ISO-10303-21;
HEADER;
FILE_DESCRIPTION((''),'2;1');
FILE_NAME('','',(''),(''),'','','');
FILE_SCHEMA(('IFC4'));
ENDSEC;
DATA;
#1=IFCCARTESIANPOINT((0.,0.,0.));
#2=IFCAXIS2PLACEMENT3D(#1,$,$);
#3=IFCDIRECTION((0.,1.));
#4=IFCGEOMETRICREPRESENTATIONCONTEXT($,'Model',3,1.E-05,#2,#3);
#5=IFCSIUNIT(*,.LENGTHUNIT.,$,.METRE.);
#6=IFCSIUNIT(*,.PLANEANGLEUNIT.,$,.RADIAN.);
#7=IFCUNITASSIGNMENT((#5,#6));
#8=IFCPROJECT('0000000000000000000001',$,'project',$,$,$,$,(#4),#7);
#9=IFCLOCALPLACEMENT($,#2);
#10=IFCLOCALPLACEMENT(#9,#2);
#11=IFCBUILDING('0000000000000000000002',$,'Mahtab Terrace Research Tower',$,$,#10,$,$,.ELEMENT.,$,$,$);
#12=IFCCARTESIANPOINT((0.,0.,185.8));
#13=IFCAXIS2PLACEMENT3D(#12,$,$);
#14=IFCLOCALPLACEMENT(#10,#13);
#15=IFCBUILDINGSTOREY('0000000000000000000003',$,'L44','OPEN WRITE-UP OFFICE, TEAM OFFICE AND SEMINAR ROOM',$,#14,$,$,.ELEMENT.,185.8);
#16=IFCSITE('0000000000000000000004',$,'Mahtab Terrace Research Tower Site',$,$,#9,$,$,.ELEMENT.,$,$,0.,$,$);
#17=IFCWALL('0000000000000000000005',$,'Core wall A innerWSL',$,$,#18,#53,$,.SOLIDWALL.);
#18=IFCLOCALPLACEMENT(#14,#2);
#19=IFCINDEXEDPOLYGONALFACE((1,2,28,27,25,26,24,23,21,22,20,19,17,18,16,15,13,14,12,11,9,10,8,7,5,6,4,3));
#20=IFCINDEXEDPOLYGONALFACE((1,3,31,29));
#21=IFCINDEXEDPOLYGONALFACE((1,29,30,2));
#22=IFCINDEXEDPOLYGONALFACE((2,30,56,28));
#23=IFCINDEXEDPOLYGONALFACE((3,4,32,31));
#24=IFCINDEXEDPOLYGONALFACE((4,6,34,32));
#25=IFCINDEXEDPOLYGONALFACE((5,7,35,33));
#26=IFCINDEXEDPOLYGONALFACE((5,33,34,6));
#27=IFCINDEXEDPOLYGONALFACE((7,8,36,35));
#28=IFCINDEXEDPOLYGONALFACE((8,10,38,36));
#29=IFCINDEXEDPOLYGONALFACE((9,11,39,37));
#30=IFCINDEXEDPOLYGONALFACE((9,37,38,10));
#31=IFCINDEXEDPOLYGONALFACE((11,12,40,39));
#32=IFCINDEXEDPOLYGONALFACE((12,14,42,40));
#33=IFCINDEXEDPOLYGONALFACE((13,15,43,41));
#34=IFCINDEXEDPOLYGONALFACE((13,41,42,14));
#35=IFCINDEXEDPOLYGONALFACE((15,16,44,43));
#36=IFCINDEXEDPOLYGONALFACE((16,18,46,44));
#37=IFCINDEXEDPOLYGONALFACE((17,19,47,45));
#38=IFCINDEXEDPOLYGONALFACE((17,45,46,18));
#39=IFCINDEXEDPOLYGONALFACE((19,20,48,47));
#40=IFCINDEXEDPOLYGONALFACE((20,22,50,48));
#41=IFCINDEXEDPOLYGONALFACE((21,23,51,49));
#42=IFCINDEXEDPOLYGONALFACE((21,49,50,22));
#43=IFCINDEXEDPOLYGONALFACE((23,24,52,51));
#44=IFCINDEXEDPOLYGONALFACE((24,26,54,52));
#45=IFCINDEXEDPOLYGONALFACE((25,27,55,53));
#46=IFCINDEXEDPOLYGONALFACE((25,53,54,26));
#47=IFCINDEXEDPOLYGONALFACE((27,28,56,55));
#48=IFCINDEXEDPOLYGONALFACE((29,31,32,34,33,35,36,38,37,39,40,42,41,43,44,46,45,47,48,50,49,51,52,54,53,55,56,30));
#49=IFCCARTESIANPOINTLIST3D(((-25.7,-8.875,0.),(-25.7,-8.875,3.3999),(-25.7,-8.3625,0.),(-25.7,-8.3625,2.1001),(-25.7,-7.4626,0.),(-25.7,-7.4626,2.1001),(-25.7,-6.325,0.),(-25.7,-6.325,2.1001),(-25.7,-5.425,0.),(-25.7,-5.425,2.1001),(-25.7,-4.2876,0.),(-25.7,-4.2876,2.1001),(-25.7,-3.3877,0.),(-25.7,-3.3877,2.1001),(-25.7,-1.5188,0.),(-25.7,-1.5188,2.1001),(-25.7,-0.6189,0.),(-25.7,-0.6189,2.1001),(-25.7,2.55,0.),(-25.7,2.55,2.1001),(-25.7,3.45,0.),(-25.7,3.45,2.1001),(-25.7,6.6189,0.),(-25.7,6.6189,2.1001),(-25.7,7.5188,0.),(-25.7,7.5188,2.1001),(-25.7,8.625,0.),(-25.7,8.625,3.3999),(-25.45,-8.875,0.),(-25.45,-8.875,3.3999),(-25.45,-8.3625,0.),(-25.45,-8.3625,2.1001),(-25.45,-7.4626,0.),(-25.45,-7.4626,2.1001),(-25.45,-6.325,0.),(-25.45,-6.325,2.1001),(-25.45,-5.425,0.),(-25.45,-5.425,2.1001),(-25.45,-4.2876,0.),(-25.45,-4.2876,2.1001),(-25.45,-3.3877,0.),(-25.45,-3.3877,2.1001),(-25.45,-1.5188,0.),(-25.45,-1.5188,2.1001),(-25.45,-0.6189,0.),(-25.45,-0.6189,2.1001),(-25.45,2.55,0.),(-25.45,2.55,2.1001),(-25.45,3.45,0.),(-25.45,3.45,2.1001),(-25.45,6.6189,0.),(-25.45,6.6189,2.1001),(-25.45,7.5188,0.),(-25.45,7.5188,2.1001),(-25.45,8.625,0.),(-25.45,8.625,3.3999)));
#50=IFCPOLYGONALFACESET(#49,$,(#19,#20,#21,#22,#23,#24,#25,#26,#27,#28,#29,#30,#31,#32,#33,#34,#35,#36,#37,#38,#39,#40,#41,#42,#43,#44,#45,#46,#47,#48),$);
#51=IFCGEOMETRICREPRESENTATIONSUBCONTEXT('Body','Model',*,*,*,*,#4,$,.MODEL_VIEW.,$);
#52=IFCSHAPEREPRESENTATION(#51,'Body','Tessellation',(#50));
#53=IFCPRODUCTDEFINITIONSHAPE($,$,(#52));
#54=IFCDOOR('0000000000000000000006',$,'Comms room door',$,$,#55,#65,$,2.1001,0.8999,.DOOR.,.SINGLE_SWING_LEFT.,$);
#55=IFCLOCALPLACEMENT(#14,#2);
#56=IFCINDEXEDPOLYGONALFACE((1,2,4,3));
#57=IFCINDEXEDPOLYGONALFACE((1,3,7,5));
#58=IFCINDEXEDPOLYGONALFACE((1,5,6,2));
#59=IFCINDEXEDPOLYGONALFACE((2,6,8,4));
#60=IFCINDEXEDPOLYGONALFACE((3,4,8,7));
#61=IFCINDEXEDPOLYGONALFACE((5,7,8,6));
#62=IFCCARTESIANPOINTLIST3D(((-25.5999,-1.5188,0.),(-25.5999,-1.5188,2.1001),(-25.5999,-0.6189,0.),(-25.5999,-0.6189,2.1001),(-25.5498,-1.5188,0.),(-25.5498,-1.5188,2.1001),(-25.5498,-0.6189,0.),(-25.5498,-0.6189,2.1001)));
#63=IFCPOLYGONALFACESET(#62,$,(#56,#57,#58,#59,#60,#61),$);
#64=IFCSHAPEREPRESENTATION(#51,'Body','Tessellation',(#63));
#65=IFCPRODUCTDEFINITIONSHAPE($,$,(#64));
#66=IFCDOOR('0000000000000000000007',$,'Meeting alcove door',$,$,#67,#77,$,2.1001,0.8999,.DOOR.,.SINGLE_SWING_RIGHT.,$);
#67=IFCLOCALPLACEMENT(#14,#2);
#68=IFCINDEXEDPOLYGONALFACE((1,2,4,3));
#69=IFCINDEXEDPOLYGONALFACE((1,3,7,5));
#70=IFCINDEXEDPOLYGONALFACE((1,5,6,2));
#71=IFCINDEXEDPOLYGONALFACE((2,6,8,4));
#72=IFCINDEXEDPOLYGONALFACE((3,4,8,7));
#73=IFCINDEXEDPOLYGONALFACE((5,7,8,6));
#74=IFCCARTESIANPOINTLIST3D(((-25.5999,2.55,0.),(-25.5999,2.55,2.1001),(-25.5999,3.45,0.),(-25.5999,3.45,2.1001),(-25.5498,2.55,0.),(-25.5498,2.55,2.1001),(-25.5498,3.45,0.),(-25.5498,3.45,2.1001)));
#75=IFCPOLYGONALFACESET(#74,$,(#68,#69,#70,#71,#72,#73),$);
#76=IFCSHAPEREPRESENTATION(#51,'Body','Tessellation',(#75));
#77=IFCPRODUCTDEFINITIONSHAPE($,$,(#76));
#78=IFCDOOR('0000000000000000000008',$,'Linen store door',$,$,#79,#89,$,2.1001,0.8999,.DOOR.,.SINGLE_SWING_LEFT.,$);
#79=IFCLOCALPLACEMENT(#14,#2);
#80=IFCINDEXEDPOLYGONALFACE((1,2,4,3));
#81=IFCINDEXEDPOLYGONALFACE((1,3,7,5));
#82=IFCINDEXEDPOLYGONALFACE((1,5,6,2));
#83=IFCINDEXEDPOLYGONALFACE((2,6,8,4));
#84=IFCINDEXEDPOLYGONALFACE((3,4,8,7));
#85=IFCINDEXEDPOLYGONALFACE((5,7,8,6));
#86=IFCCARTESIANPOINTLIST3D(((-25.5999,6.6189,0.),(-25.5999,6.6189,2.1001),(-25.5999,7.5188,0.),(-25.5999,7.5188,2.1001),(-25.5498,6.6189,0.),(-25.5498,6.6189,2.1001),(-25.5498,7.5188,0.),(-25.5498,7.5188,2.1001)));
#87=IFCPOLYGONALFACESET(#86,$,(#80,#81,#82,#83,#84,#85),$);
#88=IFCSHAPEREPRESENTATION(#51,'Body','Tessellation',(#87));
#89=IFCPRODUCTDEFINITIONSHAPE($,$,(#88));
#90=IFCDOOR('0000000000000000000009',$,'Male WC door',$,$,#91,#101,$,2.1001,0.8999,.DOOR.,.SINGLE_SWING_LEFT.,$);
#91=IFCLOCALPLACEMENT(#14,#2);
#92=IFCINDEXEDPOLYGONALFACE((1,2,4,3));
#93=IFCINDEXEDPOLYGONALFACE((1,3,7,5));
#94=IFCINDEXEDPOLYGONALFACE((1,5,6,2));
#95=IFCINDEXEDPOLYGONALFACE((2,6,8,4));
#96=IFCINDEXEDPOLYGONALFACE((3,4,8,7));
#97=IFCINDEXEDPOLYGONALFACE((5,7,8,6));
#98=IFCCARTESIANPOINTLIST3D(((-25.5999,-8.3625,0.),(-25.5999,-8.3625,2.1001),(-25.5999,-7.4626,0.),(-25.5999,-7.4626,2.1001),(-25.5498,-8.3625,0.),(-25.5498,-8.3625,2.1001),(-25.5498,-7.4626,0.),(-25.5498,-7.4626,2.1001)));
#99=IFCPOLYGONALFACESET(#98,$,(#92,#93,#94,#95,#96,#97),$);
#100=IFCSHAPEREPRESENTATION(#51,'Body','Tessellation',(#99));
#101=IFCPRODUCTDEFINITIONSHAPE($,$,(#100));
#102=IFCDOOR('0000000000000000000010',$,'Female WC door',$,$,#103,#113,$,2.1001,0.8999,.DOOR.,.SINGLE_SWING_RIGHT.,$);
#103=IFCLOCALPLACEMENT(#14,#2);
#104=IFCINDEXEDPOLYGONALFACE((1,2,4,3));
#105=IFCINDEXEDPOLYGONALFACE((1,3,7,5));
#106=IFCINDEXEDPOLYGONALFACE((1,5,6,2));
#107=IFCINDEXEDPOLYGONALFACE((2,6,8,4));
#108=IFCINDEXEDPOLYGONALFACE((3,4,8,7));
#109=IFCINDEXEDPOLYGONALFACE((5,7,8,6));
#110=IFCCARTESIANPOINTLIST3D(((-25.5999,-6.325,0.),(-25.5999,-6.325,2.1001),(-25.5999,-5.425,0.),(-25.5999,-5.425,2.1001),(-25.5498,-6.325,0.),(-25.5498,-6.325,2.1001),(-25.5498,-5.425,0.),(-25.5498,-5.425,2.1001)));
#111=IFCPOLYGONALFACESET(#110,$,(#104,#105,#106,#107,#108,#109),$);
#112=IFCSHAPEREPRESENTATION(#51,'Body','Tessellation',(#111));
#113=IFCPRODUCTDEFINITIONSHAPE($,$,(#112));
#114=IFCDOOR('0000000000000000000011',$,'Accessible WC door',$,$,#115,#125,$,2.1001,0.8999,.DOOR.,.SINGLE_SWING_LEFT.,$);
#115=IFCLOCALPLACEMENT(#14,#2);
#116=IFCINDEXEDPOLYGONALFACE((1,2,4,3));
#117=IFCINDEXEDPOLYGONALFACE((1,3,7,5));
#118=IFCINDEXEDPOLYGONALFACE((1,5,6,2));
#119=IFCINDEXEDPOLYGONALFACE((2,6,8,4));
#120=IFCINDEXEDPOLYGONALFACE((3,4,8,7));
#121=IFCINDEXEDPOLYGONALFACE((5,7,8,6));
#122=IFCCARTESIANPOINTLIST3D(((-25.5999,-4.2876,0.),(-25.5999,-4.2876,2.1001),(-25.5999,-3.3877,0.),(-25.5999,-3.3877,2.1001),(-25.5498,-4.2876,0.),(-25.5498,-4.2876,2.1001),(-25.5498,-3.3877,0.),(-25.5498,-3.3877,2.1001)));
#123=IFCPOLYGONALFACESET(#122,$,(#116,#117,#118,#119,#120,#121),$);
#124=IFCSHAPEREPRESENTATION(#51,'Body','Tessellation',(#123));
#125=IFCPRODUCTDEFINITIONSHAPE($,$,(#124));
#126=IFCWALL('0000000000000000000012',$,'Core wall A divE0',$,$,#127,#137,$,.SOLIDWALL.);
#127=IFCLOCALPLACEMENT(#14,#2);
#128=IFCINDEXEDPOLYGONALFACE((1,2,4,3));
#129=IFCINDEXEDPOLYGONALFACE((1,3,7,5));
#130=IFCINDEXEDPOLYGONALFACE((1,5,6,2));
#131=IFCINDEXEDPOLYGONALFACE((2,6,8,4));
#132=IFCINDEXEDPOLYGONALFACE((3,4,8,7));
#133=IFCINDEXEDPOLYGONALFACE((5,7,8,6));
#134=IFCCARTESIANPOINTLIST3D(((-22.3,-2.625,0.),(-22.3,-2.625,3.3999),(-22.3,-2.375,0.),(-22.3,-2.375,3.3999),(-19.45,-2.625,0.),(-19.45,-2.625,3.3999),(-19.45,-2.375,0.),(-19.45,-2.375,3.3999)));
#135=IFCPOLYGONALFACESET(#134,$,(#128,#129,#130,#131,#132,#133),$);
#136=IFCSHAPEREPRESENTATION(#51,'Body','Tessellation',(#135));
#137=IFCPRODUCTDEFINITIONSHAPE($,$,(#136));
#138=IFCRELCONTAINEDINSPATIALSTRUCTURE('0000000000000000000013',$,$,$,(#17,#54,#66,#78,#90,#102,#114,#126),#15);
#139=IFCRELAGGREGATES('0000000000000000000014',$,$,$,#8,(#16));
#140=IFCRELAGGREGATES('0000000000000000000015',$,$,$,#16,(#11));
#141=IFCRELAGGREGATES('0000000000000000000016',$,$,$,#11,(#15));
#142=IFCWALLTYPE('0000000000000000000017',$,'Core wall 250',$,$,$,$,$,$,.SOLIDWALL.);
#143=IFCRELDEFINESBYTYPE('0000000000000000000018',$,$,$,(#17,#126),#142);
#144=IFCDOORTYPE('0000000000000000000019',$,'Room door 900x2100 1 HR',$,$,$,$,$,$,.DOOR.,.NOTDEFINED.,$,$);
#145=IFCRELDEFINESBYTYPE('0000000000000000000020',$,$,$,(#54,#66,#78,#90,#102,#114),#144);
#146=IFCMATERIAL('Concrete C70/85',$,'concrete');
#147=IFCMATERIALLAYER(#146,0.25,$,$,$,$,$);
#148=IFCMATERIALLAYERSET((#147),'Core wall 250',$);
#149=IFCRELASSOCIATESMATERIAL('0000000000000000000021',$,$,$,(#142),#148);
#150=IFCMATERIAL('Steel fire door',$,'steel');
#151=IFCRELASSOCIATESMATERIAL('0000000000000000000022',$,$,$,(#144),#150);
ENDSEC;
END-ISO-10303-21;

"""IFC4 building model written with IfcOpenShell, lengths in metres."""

from ifc_helpers import new_model, si_unit, direction, frame, frame_2d, origin, place, context, subcontext, project, spatial, rectangle, extrude, material, layer, layer_set, type_object, element, fill, save


model = new_model("IFC4")

# Units and contexts
model_context = context("Model", 3, precision=1e-05, world=origin(), true_north=direction((0.0, 1.0)))
body_context = subcontext(model_context, "Body", "Model", "MODEL_VIEW")
ifc_project = project(units=[si_unit("LENGTHUNIT", "METRE"), si_unit("PLANEANGLEUNIT", "RADIAN")], contexts=[model_context])

# Site, building, storey
site_placement = place(None, origin())
site = spatial("IfcSite", under=ifc_project, at=site_placement, Name="Mahtab Terrace Research Tower Site", CompositionType="ELEMENT", RefElevation=0.0)
building_placement = place(site_placement, origin())
building = spatial("IfcBuilding", under=site, at=building_placement, Name="Mahtab Terrace Research Tower", CompositionType="ELEMENT")
storey_placement = place(building_placement, frame((0.0, 0.0, 185.8)))
storey = spatial("IfcBuildingStorey", under=building, at=storey_placement, Name="L44", Description="OPEN WRITE-UP OFFICE, TEAM OFFICE AND SEMINAR ROOM", CompositionType="ELEMENT", Elevation=185.8)

# Shared definitions
ifc_material_1 = material(Name="Concrete C70/85", Category="concrete")

# Shared definitions
ifc_layer_1 = layer(ifc_material_1, 0.25)
ifc_layer_set_1 = layer_set([ifc_layer_1], Name="Core wall 250")
wall_type_1 = type_object("IfcWallType", Name="Core wall 250", PredefinedType="SOLIDWALL", material=ifc_layer_set_1)

# Shared definitions
ifc_material_2 = material(Name="Steel fire door", Category="steel")

# Wall, openings, doors
wall_1_placement = place(storey_placement, frame((-25.575, -8.875, 0.0), z_axis=(0.0, 0.0, 1.0), x_axis=(0.0, 1.0, 0.0)))
wall_1 = element("IfcWall", 1, at=wall_1_placement, inside=storey, type_object=wall_type_1, Name="Core wall A innerWSL", PredefinedType="SOLIDWALL", context=body_context, shape_type="SweptSolid", body=[
    extrude(rectangle(XDim=17.5, YDim=0.25, at=frame_2d((8.75, 0.0))), origin(), (0.0, 0.0, 1.0), 3.3999),
])
opening_1_placement = place(wall_1_placement, frame((7.3562, 0.0, 0.0)))
opening_1 = element("IfcOpeningElement", 2, at=opening_1_placement, cuts=wall_1, PredefinedType="OPENING", context=body_context, shape_type="SweptSolid", body=[
    extrude(rectangle(XDim=0.8999, YDim=2.1001, at=frame_2d((0.45, 1.05))), frame((0.0, 0.135, 0.0), z_axis=(0.0, -1.0, 0.0), x_axis=(1.0, 0.0, 0.0)), (0.0, 0.0, 1.0), 0.27),
])
opening_2_placement = place(wall_1_placement, frame((11.425, 0.0, 0.0)))
opening_2 = element("IfcOpeningElement", 3, at=opening_2_placement, cuts=wall_1, PredefinedType="OPENING", context=body_context, shape_type="SweptSolid", body=[
    extrude(rectangle(XDim=0.8999, YDim=2.1001, at=frame_2d((0.45, 1.05))), frame((0.0, 0.135, 0.0), z_axis=(0.0, -1.0, 0.0), x_axis=(1.0, 0.0, 0.0)), (0.0, 0.0, 1.0), 0.27),
])
opening_3_placement = place(wall_1_placement, frame((15.4939, 0.0, 0.0)))
opening_3 = element("IfcOpeningElement", 4, at=opening_3_placement, cuts=wall_1, PredefinedType="OPENING", context=body_context, shape_type="SweptSolid", body=[
    extrude(rectangle(XDim=0.8999, YDim=2.1001, at=frame_2d((0.45, 1.05))), frame((0.0, 0.135, 0.0), z_axis=(0.0, -1.0, 0.0), x_axis=(1.0, 0.0, 0.0)), (0.0, 0.0, 1.0), 0.27),
])
opening_4_placement = place(wall_1_placement, frame((0.5125, 0.0, 0.0)))
opening_4 = element("IfcOpeningElement", 5, at=opening_4_placement, cuts=wall_1, PredefinedType="OPENING", context=body_context, shape_type="SweptSolid", body=[
    extrude(rectangle(XDim=0.8999, YDim=2.1001, at=frame_2d((0.45, 1.05))), frame((0.0, 0.135, 0.0), z_axis=(0.0, -1.0, 0.0), x_axis=(1.0, 0.0, 0.0)), (0.0, 0.0, 1.0), 0.27),
])
opening_5_placement = place(wall_1_placement, frame((2.55, 0.0, 0.0)))
opening_5 = element("IfcOpeningElement", 6, at=opening_5_placement, cuts=wall_1, PredefinedType="OPENING", context=body_context, shape_type="SweptSolid", body=[
    extrude(rectangle(XDim=0.8999, YDim=2.1001, at=frame_2d((0.45, 1.05))), frame((0.0, 0.135, 0.0), z_axis=(0.0, -1.0, 0.0), x_axis=(1.0, 0.0, 0.0)), (0.0, 0.0, 1.0), 0.27),
])
opening_6_placement = place(wall_1_placement, frame((4.5874, 0.0, 0.0)))
opening_6 = element("IfcOpeningElement", 7, at=opening_6_placement, cuts=wall_1, PredefinedType="OPENING", context=body_context, shape_type="SweptSolid", body=[
    extrude(rectangle(XDim=0.8999, YDim=2.1001, at=frame_2d((0.45, 1.05))), frame((0.0, 0.135, 0.0), z_axis=(0.0, -1.0, 0.0), x_axis=(1.0, 0.0, 0.0)), (0.0, 0.0, 1.0), 0.27),
])
door_type_1 = type_object("IfcDoorType", Name="Room door 900x2100 1 HR", OperationType="NOTDEFINED", PredefinedType="DOOR", material=ifc_material_2)
door_1_placement = place(opening_1_placement, origin())
door_1 = element("IfcDoor", 8, at=door_1_placement, inside=storey, type_object=door_type_1, Name="Comms room door", OperationType="SINGLE_SWING_LEFT", OverallHeight=2.1001, OverallWidth=0.8999, PredefinedType="DOOR", context=body_context, shape_type="SweptSolid", body=[
    extrude(rectangle(XDim=0.8999, YDim=2.1001, at=frame_2d((0.45, 1.05))), frame((0.0, 0.0249, 0.0), z_axis=(0.0, -1.0, 0.0), x_axis=(1.0, 0.0, 0.0)), (0.0, 0.0, 1.0), 0.05),
])
fill(opening_1, door_1)
door_2_placement = place(opening_2_placement, origin())
door_2 = element("IfcDoor", 9, at=door_2_placement, inside=storey, type_object=door_type_1, Name="Meeting alcove door", OperationType="SINGLE_SWING_RIGHT", OverallHeight=2.1001, OverallWidth=0.8999, PredefinedType="DOOR", context=body_context, shape_type="SweptSolid", body=[
    extrude(rectangle(XDim=0.8999, YDim=2.1001, at=frame_2d((0.45, 1.05))), frame((0.0, 0.0249, 0.0), z_axis=(0.0, -1.0, 0.0), x_axis=(1.0, 0.0, 0.0)), (0.0, 0.0, 1.0), 0.05),
])
fill(opening_2, door_2)
door_3_placement = place(opening_3_placement, origin())
door_3 = element("IfcDoor", 10, at=door_3_placement, inside=storey, type_object=door_type_1, Name="Linen store door", OperationType="SINGLE_SWING_LEFT", OverallHeight=2.1001, OverallWidth=0.8999, PredefinedType="DOOR", context=body_context, shape_type="SweptSolid", body=[
    extrude(rectangle(XDim=0.8999, YDim=2.1001, at=frame_2d((0.45, 1.05))), frame((0.0, 0.0249, 0.0), z_axis=(0.0, -1.0, 0.0), x_axis=(1.0, 0.0, 0.0)), (0.0, 0.0, 1.0), 0.05),
])
fill(opening_3, door_3)
door_4_placement = place(opening_4_placement, origin())
door_4 = element("IfcDoor", 11, at=door_4_placement, inside=storey, type_object=door_type_1, Name="Male WC door", OperationType="SINGLE_SWING_LEFT", OverallHeight=2.1001, OverallWidth=0.8999, PredefinedType="DOOR", context=body_context, shape_type="SweptSolid", body=[
    extrude(rectangle(XDim=0.8999, YDim=2.1001, at=frame_2d((0.45, 1.05))), frame((0.0, 0.0249, 0.0), z_axis=(0.0, -1.0, 0.0), x_axis=(1.0, 0.0, 0.0)), (0.0, 0.0, 1.0), 0.05),
])
fill(opening_4, door_4)
door_5_placement = place(opening_5_placement, origin())
door_5 = element("IfcDoor", 12, at=door_5_placement, inside=storey, type_object=door_type_1, Name="Female WC door", OperationType="SINGLE_SWING_RIGHT", OverallHeight=2.1001, OverallWidth=0.8999, PredefinedType="DOOR", context=body_context, shape_type="SweptSolid", body=[
    extrude(rectangle(XDim=0.8999, YDim=2.1001, at=frame_2d((0.45, 1.05))), frame((0.0, 0.0249, 0.0), z_axis=(0.0, -1.0, 0.0), x_axis=(1.0, 0.0, 0.0)), (0.0, 0.0, 1.0), 0.05),
])
fill(opening_5, door_5)
door_6_placement = place(opening_6_placement, origin())
door_6 = element("IfcDoor", 13, at=door_6_placement, inside=storey, type_object=door_type_1, Name="Accessible WC door", OperationType="SINGLE_SWING_LEFT", OverallHeight=2.1001, OverallWidth=0.8999, PredefinedType="DOOR", context=body_context, shape_type="SweptSolid", body=[
    extrude(rectangle(XDim=0.8999, YDim=2.1001, at=frame_2d((0.45, 1.05))), frame((0.0, 0.0249, 0.0), z_axis=(0.0, -1.0, 0.0), x_axis=(1.0, 0.0, 0.0)), (0.0, 0.0, 1.0), 0.05),
])
fill(opening_6, door_6)

# Wall
wall_2_placement = place(storey_placement, frame((-22.3, -2.5, 0.0), z_axis=(0.0, 0.0, 1.0), x_axis=(1.0, 0.0, 0.0)))
element("IfcWall", 14, at=wall_2_placement, inside=storey, type_object=wall_type_1, Name="Core wall A divE0", PredefinedType="SOLIDWALL", context=body_context, shape_type="SweptSolid", body=[
    extrude(rectangle(XDim=2.8501, YDim=0.25, at=frame_2d((1.425, 0.0))), origin(), (0.0, 0.0, 1.0), 3.3999),
])

save(model, "model.ifc")
